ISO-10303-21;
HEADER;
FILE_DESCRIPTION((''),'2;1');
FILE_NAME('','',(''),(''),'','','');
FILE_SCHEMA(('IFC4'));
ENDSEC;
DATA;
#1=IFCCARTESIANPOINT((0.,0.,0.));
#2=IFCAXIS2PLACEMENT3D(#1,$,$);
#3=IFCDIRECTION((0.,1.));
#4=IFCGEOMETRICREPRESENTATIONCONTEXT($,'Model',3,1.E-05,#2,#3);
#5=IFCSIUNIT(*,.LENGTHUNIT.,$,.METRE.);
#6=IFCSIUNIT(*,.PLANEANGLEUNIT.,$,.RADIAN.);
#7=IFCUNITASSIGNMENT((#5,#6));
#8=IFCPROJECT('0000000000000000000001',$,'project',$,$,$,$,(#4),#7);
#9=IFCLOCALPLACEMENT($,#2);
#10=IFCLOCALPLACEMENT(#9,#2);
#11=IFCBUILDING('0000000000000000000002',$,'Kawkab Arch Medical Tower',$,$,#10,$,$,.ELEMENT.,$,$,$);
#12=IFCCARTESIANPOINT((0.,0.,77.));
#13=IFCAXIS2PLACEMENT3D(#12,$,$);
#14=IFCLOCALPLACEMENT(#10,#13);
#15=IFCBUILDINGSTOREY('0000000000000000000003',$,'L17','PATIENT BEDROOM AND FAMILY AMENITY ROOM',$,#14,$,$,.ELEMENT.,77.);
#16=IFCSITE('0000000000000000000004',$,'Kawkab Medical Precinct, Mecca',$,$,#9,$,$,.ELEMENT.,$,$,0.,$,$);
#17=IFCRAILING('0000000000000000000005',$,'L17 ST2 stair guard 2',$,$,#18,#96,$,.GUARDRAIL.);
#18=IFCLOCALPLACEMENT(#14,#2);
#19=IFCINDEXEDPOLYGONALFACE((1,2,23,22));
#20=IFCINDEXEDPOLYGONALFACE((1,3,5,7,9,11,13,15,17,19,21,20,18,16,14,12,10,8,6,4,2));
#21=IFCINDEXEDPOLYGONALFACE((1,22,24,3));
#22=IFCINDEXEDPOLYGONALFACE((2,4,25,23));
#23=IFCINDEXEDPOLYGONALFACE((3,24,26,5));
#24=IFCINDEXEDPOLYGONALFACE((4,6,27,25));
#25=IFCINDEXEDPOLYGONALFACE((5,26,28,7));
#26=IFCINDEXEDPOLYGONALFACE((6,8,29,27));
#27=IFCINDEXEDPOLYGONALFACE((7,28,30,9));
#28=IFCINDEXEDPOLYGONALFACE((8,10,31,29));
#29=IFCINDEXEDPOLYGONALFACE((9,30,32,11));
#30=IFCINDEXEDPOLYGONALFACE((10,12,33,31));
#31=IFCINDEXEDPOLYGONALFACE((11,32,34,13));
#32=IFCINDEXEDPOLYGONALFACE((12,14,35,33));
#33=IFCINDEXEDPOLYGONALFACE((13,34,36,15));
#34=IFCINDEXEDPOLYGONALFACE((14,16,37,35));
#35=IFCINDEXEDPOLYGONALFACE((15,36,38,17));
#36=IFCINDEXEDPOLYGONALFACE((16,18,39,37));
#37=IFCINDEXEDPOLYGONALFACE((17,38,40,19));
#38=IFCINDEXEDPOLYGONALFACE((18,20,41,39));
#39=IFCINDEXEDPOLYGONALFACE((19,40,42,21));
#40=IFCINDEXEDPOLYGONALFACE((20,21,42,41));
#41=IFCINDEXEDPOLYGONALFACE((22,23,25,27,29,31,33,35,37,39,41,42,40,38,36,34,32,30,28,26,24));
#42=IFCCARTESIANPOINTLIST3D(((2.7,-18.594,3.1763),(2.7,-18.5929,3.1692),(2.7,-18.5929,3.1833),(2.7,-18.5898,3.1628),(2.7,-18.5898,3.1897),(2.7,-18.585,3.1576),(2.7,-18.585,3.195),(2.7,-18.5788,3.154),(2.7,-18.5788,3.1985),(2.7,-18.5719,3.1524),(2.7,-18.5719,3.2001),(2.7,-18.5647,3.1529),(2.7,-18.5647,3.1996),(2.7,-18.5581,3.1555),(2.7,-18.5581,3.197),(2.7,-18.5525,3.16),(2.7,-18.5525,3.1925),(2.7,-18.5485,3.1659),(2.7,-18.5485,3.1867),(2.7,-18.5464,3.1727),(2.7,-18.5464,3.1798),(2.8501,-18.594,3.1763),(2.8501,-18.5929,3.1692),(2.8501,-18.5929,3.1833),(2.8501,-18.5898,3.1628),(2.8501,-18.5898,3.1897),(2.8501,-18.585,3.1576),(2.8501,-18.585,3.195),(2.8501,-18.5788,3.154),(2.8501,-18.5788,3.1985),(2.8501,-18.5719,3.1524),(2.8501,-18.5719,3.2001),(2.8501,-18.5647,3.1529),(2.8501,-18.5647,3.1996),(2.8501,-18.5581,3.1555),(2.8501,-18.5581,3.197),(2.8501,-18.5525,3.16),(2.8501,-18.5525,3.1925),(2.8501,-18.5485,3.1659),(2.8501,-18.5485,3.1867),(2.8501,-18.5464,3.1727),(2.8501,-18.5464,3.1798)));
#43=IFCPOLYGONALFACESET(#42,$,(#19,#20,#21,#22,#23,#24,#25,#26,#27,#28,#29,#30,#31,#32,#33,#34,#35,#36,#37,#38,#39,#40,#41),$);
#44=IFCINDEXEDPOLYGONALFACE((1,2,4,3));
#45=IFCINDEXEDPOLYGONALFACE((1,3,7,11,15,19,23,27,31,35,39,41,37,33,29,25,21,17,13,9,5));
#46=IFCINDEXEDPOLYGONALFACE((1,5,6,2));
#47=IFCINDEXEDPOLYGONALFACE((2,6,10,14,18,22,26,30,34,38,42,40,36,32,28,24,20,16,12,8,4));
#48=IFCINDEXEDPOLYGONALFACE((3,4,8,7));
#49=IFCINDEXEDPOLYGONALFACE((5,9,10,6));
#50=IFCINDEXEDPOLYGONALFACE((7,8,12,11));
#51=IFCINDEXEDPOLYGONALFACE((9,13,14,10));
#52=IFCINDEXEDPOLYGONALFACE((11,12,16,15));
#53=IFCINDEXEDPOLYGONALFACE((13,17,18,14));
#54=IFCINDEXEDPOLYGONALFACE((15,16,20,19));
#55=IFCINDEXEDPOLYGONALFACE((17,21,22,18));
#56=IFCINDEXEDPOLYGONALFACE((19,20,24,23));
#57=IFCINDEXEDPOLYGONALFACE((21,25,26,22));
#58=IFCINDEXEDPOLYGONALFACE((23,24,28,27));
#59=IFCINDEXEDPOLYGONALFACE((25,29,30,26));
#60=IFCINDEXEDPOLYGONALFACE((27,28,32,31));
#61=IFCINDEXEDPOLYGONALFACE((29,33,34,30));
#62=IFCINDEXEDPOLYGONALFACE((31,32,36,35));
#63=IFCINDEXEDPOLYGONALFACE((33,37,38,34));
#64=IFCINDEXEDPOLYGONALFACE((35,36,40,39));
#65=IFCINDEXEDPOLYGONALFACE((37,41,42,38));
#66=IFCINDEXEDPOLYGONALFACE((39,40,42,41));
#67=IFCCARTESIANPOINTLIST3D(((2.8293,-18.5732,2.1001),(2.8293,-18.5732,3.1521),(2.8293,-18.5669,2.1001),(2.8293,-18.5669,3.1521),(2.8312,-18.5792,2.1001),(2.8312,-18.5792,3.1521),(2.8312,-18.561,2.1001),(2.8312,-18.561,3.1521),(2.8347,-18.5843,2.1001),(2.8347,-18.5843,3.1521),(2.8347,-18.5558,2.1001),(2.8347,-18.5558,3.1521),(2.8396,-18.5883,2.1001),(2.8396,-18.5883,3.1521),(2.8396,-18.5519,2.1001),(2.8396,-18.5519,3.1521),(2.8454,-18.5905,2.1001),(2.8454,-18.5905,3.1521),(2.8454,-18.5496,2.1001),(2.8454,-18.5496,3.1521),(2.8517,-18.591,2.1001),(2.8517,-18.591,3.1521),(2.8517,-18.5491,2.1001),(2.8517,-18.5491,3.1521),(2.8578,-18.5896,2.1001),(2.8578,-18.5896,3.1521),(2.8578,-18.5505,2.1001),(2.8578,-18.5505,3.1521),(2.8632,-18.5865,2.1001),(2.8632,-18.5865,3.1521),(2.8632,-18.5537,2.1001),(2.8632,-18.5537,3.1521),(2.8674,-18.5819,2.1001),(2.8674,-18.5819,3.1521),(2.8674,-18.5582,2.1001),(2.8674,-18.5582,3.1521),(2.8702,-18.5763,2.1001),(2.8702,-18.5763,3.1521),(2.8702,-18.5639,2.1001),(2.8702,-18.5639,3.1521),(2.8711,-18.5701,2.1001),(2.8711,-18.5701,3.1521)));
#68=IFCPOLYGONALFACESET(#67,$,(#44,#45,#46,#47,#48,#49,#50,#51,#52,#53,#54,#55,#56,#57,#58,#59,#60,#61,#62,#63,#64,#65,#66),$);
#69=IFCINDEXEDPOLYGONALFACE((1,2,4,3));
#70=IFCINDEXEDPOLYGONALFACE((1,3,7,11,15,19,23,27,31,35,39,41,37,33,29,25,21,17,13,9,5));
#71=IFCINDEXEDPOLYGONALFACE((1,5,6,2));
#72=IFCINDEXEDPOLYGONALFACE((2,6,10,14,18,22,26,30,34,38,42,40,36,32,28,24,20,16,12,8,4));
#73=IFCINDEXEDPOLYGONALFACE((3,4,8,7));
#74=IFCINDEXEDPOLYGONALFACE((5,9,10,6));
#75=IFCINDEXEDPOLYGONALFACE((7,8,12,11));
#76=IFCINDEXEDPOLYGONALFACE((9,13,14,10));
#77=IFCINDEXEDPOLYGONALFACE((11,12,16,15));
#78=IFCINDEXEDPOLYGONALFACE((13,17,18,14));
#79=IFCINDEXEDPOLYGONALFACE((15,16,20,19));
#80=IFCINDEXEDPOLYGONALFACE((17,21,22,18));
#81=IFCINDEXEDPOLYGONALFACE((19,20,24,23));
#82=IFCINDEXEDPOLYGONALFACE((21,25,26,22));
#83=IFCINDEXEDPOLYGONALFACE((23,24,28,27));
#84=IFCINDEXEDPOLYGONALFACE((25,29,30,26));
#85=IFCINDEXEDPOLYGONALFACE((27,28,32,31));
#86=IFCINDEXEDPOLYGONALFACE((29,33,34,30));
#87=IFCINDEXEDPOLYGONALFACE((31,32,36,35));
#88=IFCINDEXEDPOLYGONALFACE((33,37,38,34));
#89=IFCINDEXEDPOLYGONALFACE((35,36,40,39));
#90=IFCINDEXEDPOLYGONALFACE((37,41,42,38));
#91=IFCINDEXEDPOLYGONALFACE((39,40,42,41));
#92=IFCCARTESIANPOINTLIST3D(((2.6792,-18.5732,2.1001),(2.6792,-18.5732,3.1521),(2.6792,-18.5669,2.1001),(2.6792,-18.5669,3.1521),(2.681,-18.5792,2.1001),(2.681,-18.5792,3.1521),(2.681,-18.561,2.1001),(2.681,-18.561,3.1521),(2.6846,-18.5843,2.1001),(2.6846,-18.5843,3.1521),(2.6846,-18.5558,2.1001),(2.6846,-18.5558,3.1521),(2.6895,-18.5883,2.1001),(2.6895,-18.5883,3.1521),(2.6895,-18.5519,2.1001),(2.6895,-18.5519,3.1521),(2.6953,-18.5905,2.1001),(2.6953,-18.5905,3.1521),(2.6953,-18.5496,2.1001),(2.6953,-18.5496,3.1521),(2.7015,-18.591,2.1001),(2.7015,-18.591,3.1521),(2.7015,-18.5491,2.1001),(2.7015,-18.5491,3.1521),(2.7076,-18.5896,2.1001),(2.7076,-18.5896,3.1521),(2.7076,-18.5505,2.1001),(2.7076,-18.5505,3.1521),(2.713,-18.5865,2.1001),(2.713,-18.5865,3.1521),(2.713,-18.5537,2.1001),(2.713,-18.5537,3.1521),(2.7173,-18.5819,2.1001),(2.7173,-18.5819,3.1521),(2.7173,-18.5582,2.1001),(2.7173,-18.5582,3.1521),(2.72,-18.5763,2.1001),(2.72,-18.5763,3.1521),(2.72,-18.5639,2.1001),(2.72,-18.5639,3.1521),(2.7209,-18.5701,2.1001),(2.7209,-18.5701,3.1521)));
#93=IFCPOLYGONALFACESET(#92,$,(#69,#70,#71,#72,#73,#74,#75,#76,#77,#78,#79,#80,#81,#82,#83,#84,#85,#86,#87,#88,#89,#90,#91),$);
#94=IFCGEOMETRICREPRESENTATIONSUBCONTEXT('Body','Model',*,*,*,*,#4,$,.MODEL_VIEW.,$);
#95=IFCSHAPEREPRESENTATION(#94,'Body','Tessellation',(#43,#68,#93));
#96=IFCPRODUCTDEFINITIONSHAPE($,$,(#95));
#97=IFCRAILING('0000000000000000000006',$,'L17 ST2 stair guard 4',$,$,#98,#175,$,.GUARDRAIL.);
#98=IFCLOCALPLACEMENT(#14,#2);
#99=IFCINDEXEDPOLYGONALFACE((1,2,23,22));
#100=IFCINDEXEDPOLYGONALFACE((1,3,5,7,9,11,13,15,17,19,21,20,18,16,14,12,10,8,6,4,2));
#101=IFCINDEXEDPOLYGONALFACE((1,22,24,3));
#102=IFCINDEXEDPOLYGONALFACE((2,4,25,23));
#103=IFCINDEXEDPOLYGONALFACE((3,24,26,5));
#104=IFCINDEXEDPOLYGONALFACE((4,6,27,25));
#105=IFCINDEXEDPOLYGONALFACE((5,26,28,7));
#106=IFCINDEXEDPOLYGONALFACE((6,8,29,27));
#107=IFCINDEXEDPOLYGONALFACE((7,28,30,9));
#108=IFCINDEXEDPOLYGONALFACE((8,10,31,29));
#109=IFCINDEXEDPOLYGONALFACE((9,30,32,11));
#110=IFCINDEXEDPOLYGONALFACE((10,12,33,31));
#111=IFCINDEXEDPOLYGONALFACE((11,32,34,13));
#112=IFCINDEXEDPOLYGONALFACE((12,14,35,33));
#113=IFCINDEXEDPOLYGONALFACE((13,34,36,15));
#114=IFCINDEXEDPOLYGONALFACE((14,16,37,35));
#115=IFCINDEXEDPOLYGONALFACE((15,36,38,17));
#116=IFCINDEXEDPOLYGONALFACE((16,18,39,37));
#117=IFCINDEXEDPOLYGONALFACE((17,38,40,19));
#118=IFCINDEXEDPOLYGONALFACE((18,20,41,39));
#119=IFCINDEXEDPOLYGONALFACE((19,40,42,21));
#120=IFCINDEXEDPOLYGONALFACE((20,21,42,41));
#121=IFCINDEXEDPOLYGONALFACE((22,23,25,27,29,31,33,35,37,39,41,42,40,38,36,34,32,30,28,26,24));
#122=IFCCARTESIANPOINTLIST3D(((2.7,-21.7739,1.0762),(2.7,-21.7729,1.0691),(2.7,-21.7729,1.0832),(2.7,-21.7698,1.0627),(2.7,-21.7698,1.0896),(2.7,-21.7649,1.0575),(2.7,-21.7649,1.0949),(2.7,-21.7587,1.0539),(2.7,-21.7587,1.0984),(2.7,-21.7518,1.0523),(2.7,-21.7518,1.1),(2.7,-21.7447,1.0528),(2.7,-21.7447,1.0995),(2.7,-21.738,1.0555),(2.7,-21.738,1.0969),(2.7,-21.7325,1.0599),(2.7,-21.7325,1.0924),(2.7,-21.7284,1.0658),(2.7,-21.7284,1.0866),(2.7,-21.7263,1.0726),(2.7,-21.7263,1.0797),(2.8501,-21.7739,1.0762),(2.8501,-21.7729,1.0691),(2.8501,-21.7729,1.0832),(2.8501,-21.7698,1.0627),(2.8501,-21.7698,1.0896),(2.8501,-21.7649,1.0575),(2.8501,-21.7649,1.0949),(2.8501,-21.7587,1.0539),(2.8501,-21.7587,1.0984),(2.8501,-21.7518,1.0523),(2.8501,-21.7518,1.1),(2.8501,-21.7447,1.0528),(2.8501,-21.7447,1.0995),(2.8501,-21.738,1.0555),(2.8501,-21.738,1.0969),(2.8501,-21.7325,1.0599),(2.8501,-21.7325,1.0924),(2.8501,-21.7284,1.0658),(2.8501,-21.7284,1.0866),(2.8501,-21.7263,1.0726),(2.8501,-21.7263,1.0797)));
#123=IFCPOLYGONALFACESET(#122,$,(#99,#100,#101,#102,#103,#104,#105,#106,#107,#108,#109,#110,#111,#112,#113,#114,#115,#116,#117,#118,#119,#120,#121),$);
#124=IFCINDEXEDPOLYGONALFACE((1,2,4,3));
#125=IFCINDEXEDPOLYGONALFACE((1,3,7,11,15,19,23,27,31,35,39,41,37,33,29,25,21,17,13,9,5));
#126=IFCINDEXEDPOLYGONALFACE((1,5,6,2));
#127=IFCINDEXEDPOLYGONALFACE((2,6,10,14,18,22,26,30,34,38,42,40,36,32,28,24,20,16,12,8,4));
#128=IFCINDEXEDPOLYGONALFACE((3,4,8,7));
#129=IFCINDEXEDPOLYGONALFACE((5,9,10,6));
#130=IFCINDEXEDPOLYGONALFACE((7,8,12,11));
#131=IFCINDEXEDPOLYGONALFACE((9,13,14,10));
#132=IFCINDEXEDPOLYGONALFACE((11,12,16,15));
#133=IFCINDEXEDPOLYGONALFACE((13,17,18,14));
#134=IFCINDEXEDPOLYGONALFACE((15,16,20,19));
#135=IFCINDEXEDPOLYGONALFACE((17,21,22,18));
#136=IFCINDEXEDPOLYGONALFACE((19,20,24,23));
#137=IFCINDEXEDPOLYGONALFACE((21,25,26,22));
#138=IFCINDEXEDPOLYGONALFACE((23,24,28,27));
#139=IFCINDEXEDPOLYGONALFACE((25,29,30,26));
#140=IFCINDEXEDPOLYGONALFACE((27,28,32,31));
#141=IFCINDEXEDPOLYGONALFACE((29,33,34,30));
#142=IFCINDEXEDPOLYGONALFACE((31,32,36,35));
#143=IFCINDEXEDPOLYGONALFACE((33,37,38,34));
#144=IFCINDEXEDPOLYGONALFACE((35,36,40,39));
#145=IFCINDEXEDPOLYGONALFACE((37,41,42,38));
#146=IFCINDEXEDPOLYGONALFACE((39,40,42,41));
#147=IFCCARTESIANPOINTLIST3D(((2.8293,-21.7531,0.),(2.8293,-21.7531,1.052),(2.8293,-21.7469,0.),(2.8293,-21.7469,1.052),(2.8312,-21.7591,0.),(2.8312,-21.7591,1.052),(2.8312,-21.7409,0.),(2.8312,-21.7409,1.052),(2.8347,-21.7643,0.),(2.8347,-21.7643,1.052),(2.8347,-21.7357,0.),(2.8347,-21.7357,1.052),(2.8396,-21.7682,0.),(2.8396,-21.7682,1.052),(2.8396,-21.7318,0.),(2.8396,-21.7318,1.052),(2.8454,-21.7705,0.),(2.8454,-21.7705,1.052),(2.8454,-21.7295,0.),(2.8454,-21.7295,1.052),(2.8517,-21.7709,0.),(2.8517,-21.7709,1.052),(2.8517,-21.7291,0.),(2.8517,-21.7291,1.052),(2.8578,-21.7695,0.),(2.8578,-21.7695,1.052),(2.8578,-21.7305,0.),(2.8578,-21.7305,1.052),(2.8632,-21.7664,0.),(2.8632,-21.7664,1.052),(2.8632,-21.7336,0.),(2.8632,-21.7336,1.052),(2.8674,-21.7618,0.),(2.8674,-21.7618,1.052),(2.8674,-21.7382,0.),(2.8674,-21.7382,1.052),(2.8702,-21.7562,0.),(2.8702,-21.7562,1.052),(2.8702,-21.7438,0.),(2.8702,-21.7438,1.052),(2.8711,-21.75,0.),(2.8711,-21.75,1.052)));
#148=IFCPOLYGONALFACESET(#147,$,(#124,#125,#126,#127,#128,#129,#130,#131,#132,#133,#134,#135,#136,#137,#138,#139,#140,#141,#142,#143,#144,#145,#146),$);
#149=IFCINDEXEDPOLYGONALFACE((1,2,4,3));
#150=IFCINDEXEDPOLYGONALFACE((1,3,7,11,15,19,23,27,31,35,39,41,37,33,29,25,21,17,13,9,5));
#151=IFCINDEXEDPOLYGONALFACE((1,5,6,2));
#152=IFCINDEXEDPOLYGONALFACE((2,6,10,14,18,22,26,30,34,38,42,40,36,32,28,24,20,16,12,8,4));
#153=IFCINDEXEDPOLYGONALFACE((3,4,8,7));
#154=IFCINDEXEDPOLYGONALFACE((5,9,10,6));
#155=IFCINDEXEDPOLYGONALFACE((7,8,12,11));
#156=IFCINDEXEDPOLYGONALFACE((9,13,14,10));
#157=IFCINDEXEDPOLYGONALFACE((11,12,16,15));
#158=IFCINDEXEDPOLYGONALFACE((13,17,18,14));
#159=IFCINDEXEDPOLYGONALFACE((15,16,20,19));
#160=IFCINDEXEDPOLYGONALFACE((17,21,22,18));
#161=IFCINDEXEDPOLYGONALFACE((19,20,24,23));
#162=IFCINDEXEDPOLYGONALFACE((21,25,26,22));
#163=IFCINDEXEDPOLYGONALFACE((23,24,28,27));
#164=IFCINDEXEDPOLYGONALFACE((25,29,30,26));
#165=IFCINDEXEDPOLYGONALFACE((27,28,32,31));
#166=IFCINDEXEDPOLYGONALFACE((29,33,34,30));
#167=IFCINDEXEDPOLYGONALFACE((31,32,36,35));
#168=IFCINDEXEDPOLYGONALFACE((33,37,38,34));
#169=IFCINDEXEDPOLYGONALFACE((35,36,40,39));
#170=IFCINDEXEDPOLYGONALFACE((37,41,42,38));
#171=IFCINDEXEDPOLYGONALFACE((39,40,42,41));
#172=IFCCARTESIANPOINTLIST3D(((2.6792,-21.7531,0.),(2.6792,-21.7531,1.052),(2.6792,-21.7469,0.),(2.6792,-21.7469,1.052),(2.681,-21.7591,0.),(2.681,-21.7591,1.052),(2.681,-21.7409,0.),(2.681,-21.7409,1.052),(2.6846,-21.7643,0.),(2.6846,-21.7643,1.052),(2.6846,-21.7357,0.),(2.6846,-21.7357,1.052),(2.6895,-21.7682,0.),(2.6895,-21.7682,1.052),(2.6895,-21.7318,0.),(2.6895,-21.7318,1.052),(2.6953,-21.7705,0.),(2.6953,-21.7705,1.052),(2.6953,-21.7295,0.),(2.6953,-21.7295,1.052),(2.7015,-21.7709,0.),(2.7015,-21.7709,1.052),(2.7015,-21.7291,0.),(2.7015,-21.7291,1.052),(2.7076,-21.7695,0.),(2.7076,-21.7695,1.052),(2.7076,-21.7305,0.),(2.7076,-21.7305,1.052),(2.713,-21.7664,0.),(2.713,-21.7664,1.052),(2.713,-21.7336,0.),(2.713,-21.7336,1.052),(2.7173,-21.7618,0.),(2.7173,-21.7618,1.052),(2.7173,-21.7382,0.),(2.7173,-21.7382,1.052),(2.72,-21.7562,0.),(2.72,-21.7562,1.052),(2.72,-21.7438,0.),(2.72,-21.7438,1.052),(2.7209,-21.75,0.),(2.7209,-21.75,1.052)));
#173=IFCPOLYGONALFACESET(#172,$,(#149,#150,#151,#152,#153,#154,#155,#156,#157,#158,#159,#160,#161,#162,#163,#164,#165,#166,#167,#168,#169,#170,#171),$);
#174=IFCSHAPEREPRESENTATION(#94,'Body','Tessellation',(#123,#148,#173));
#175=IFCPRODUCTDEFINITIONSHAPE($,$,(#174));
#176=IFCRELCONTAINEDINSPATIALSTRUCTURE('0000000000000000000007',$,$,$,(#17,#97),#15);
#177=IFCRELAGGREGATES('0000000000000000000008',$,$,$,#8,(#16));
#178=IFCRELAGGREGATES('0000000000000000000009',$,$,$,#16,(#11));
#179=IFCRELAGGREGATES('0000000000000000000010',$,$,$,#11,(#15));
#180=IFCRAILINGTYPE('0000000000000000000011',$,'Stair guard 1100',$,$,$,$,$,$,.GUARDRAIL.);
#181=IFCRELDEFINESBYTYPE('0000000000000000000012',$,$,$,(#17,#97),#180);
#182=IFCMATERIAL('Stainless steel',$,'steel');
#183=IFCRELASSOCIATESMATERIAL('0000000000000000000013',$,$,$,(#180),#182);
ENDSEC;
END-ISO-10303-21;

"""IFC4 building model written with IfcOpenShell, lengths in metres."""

from ifc_helpers import new_model, si_unit, direction, frame, origin, origin_2d, place, context, subcontext, project, spatial, circle, extrude, material, type_object, element, save


model = new_model("IFC4")

# Units and contexts
model_context = context("Model", 3, precision=1e-05, world=origin(), true_north=direction((0.0, 1.0)))
body_context = subcontext(model_context, "Body", "Model", "MODEL_VIEW")
ifc_project = project(units=[si_unit("LENGTHUNIT", "METRE"), si_unit("PLANEANGLEUNIT", "RADIAN")], contexts=[model_context])

# Site, building, storey
site_placement = place(None, origin())
site = spatial("IfcSite", under=ifc_project, at=site_placement, Name="Kawkab Medical Precinct, Mecca", CompositionType="ELEMENT", RefElevation=0.0)
building_placement = place(site_placement, origin())
building = spatial("IfcBuilding", under=site, at=building_placement, Name="Kawkab Arch Medical Tower", CompositionType="ELEMENT")
storey_placement = place(building_placement, frame((0.0, 0.0, 77.0)))
storey = spatial("IfcBuildingStorey", under=building, at=storey_placement, Name="L17", Description="PATIENT BEDROOM AND FAMILY AMENITY ROOM", CompositionType="ELEMENT", Elevation=77.0)

# Railings
ifc_material_1 = material(Name="Stainless steel", Category="steel")
railing_type = type_object("IfcRailingType", Name="Stair guard 1100", PredefinedType="GUARDRAIL", material=ifc_material_1)
for number, where, name in (
    (1, (2.8501, -18.5701, 2.1001), "L17 ST2 stair guard 2"),
    (2, (2.8501, -21.75, 0.0), "L17 ST2 stair guard 4"),
):
    element("IfcRailing", number, at=place(storey_placement, frame(where)), inside=storey, type_object=railing_type, Name=name, PredefinedType="GUARDRAIL", context=body_context, shape_type="SweptSolid", body=[
        extrude(circle(Radius=0.0239, at=origin_2d()), frame((0.0, 0.0, 1.0762), z_axis=(-1.0, 0.0, 0.0), x_axis=(0.0, -1.0, 0.0)), (0.0, 0.0, 1.0), 0.1501),
        extrude(circle(Radius=0.021, at=origin_2d()), origin(), (0.0, 0.0, 1.0), 1.052),
        extrude(circle(Radius=0.021, at=origin_2d()), frame((-0.1501, 0.0, 0.0)), (0.0, 0.0, 1.0), 1.052),
    ])

save(model, "model.ifc")
